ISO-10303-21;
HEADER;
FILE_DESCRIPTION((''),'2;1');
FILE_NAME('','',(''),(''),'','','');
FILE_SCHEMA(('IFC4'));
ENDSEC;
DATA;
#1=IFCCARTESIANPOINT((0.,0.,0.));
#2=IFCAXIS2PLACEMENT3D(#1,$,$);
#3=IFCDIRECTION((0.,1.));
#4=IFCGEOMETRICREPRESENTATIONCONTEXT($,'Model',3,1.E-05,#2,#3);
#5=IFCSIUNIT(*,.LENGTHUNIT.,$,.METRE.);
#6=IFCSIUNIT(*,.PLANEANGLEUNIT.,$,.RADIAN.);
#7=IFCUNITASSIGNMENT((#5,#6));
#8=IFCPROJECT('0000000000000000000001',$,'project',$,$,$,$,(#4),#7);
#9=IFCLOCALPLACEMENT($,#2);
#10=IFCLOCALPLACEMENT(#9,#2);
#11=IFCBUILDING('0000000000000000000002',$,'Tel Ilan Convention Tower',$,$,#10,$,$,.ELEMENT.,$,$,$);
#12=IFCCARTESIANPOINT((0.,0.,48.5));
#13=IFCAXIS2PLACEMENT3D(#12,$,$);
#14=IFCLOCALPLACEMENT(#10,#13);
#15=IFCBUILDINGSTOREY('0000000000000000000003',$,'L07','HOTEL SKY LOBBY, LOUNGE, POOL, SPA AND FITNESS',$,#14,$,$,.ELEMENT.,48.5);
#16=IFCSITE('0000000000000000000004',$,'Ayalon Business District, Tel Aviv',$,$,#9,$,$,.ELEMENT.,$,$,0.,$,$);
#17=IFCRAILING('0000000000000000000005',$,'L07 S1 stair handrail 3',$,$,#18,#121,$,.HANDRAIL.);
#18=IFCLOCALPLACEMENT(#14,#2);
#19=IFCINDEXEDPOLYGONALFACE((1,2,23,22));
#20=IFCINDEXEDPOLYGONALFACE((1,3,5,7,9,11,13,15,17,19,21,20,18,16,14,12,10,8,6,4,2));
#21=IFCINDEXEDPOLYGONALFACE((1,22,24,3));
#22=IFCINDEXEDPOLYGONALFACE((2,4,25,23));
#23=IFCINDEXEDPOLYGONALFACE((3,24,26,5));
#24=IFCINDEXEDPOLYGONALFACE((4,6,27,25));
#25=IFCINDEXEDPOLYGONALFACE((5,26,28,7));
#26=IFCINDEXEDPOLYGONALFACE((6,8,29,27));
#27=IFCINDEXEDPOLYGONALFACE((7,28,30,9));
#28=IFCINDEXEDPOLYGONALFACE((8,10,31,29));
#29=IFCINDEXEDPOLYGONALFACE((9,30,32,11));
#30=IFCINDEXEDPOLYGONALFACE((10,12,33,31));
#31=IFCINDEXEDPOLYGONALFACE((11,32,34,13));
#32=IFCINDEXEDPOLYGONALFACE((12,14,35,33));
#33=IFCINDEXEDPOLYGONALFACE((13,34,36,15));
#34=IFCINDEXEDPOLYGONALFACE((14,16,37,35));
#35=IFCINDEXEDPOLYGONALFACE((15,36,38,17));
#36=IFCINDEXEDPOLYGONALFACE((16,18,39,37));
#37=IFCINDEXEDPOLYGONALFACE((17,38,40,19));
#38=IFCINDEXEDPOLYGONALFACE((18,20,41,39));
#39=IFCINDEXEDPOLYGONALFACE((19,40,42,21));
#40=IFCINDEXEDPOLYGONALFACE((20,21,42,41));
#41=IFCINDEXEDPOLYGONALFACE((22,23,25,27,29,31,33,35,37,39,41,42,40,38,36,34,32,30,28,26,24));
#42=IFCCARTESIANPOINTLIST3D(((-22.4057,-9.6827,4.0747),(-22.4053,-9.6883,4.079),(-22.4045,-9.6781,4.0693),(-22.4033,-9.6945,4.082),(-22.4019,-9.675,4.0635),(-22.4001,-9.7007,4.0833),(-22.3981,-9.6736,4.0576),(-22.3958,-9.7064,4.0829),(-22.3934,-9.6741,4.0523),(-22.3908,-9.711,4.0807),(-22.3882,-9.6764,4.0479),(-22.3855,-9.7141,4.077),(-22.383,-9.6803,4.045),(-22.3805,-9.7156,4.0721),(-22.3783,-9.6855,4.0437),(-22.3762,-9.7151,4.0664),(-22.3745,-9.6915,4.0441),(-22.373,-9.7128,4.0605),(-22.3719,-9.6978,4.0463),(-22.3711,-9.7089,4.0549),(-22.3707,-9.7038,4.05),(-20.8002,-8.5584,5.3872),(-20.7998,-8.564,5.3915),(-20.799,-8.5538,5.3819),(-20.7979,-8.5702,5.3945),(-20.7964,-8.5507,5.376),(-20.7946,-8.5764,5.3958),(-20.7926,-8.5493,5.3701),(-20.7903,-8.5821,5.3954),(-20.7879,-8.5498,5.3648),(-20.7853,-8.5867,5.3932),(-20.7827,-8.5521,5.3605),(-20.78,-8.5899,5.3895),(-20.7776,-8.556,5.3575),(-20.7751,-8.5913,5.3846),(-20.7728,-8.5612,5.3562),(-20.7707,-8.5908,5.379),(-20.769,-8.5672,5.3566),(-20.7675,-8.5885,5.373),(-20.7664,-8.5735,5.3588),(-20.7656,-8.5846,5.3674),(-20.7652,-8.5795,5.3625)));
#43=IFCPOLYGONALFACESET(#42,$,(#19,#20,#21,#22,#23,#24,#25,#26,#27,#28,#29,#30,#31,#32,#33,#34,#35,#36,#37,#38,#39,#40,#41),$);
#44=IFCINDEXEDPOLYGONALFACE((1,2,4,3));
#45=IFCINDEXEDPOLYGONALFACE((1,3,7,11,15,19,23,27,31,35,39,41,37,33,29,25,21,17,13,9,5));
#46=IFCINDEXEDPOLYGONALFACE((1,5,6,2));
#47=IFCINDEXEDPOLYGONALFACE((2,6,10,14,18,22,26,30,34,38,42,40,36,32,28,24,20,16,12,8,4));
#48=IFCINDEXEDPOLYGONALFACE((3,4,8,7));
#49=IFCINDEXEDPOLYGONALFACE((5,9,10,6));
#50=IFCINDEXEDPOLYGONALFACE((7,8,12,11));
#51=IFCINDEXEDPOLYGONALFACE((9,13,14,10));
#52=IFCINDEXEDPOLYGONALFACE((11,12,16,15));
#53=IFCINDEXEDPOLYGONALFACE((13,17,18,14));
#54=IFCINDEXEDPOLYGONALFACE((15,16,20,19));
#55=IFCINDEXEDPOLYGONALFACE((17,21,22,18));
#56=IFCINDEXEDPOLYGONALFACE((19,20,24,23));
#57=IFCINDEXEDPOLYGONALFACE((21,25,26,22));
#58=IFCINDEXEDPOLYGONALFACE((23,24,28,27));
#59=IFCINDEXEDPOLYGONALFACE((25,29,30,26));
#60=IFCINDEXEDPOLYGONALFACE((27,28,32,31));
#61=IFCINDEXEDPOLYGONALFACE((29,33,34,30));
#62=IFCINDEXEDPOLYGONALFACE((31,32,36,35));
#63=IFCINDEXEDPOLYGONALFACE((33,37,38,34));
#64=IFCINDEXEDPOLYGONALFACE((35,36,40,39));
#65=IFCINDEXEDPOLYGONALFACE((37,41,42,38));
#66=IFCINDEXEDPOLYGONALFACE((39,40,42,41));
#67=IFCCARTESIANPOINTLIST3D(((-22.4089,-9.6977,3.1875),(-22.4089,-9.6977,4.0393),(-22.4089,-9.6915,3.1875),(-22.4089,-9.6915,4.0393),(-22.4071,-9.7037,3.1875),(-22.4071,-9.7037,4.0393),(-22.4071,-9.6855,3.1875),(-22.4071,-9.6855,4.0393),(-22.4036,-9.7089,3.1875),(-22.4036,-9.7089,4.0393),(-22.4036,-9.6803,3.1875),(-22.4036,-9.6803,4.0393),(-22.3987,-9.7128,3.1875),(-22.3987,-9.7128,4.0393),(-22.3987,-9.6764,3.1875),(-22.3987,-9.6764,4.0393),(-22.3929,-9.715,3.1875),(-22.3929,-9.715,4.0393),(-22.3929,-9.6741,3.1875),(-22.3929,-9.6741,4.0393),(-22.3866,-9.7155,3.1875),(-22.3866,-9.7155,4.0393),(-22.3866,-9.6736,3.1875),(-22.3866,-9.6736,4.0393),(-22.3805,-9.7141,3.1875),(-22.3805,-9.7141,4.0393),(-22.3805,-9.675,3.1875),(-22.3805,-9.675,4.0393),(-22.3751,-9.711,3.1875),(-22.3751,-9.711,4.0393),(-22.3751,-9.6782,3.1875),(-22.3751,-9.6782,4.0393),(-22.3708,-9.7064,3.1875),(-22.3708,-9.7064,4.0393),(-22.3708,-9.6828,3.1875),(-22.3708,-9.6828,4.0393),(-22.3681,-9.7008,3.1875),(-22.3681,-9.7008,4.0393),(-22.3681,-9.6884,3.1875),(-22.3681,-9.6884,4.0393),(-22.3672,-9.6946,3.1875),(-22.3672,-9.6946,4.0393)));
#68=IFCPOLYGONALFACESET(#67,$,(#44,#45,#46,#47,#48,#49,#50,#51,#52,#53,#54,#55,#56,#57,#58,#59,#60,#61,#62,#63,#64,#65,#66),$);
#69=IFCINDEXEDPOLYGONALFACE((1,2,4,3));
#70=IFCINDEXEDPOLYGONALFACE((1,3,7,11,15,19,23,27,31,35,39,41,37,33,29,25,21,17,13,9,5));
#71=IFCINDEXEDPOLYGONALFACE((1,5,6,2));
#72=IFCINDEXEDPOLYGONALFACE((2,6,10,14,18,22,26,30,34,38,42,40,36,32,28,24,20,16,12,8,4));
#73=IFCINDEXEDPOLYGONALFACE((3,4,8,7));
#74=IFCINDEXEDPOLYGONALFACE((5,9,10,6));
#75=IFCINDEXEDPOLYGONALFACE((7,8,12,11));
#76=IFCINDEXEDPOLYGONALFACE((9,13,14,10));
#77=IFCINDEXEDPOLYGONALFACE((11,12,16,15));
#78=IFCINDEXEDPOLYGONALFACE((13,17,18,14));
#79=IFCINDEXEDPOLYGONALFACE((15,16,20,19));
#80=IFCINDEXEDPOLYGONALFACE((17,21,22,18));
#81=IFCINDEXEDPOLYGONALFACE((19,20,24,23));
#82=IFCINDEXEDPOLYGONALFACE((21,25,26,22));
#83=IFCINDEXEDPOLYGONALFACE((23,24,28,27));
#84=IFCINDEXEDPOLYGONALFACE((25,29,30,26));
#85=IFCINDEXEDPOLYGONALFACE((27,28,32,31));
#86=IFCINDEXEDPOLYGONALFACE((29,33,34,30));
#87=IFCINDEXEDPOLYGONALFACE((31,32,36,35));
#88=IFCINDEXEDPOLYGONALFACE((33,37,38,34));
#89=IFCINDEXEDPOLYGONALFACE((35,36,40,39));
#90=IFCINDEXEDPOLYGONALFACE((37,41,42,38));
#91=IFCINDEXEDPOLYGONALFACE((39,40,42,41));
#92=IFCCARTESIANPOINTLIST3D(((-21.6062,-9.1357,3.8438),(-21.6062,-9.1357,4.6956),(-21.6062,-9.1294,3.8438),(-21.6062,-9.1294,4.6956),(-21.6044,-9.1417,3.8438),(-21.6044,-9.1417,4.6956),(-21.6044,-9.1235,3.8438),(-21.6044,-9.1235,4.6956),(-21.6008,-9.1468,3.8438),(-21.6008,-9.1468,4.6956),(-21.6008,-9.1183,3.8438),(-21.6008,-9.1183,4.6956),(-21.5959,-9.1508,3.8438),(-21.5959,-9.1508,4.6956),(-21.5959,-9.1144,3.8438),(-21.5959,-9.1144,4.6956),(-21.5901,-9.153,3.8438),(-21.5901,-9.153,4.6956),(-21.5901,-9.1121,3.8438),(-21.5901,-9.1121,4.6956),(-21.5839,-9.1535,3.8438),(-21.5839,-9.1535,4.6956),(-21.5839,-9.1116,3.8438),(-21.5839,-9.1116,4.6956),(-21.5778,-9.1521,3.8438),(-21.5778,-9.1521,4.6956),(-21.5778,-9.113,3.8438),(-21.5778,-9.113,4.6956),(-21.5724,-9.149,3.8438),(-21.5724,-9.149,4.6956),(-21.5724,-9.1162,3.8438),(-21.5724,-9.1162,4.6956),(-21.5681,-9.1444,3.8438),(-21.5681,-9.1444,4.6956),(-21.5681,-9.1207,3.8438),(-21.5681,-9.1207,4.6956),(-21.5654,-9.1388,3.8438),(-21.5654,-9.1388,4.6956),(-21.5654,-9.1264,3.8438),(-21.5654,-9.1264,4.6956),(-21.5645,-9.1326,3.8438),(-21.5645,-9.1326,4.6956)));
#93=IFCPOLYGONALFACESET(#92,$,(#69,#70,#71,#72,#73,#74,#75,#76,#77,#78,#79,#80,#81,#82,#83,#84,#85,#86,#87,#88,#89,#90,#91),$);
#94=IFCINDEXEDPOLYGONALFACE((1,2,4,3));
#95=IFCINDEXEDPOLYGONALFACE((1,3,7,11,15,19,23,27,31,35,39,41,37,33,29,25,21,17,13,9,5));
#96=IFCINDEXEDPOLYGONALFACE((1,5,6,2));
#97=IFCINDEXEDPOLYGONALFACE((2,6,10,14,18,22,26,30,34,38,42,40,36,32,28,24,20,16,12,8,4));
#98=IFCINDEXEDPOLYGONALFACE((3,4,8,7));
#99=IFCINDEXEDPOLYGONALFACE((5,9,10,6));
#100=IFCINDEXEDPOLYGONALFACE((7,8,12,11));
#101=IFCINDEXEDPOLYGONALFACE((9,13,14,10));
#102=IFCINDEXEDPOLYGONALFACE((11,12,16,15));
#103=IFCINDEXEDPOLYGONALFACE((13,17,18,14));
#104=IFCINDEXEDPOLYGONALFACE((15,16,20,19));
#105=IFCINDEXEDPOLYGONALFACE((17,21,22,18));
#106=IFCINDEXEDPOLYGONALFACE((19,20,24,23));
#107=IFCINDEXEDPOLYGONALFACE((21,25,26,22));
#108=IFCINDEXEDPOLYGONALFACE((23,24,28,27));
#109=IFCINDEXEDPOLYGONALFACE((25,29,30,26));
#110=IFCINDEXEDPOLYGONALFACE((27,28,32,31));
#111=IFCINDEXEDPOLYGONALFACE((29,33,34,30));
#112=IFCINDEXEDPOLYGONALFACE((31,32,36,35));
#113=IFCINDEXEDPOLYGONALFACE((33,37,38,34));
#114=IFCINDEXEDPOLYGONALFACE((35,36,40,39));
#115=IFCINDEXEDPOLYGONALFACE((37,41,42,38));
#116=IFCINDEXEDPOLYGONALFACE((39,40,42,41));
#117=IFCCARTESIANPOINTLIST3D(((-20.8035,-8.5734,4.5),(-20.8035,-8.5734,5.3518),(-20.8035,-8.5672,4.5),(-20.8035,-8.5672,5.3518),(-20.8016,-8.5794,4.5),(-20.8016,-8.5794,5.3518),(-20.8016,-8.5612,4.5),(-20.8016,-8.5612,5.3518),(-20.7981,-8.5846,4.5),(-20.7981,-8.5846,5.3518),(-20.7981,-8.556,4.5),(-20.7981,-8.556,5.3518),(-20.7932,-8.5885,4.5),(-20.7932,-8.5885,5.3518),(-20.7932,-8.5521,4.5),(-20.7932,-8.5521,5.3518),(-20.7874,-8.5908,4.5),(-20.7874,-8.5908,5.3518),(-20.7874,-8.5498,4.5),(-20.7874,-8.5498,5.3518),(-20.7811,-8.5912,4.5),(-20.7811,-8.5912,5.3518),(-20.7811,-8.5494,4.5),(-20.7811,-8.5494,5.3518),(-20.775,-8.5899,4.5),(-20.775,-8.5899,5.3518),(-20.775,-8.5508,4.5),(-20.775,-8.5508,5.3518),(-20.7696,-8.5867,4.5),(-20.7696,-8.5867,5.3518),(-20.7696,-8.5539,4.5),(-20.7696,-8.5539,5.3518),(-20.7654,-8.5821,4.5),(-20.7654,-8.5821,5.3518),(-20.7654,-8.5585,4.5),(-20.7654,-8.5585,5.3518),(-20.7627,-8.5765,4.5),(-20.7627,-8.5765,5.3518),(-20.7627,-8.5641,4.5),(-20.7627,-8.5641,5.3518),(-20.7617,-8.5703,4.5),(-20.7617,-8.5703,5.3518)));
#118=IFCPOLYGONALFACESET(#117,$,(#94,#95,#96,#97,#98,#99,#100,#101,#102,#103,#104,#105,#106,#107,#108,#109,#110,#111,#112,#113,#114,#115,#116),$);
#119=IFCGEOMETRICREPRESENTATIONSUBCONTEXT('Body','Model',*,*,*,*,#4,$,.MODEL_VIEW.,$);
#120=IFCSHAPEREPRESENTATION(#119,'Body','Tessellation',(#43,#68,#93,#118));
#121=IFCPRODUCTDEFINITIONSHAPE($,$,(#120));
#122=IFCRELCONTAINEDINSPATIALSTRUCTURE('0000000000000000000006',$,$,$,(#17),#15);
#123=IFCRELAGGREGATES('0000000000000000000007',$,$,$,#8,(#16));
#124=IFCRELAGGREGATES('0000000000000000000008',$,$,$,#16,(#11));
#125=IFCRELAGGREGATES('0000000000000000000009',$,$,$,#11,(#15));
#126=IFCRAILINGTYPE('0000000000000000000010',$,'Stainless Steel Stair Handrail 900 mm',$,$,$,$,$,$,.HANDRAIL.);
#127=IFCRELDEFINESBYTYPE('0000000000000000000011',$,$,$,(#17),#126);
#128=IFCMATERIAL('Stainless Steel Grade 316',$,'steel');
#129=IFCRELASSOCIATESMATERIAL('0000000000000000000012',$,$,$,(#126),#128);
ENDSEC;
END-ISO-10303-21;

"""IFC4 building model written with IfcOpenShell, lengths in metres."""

from ifc_helpers import new_model, si_unit, direction, frame, origin, origin_2d, place, context, subcontext, project, spatial, circle, extrude, material, type_object, element, save


model = new_model("IFC4")

# Units and contexts
model_context = context("Model", 3, precision=1e-05, world=origin(), true_north=direction((0.0, 1.0)))
body_context = subcontext(model_context, "Body", "Model", "MODEL_VIEW")
ifc_project = project(units=[si_unit("LENGTHUNIT", "METRE"), si_unit("PLANEANGLEUNIT", "RADIAN")], contexts=[model_context])

# Site, building, storey
site_placement = place(None, origin())
site = spatial("IfcSite", under=ifc_project, at=site_placement, Name="Ayalon Business District, Tel Aviv", CompositionType="ELEMENT", RefElevation=0.0)
building_placement = place(site_placement, origin())
building = spatial("IfcBuilding", under=site, at=building_placement, Name="Tel Ilan Convention Tower", CompositionType="ELEMENT")
storey_placement = place(building_placement, frame((0.0, 0.0, 48.5)))
storey = spatial("IfcBuildingStorey", under=building, at=storey_placement, Name="L07", Description="HOTEL SKY LOBBY, LOUNGE, POOL, SPA AND FITNESS", CompositionType="ELEMENT", Elevation=48.5)

# Railing
ifc_material_1 = material(Name="Stainless Steel Grade 316", Category="steel")
railing_type_1 = type_object("IfcRailingType", Name="Stainless Steel Stair Handrail 900 mm", PredefinedType="HANDRAIL", material=ifc_material_1)
railing_1_placement = place(storey_placement, frame((-22.3882, -9.6946, 3.1875)))
element("IfcRailing", 1, at=railing_1_placement, inside=storey, type_object=railing_type_1, Name="L07 S1 stair handrail 3", PredefinedType="HANDRAIL", context=body_context, shape_type="SweptSolid", body=[
    extrude(circle(Radius=0.0239, at=origin_2d()), frame((0.0, 0.0, 0.876), z_axis=(0.680616, 0.476617, 0.556416), x_axis=(-0.573613, 0.819127, 0.0)), (0.0, 0.0, 1.0), 2.3589),
    extrude(circle(Radius=0.021, at=origin_2d()), origin(), (0.0, 0.0, 1.0), 0.8518),
    extrude(circle(Radius=0.021, at=origin_2d()), frame((0.8027, 0.562, 0.6562)), (0.0, 0.0, 1.0), 0.8518),
    extrude(circle(Radius=0.021, at=origin_2d()), frame((1.6055, 1.1243, 1.3125)), (0.0, 0.0, 1.0), 0.8518),
])

save(model, "model.ifc")
